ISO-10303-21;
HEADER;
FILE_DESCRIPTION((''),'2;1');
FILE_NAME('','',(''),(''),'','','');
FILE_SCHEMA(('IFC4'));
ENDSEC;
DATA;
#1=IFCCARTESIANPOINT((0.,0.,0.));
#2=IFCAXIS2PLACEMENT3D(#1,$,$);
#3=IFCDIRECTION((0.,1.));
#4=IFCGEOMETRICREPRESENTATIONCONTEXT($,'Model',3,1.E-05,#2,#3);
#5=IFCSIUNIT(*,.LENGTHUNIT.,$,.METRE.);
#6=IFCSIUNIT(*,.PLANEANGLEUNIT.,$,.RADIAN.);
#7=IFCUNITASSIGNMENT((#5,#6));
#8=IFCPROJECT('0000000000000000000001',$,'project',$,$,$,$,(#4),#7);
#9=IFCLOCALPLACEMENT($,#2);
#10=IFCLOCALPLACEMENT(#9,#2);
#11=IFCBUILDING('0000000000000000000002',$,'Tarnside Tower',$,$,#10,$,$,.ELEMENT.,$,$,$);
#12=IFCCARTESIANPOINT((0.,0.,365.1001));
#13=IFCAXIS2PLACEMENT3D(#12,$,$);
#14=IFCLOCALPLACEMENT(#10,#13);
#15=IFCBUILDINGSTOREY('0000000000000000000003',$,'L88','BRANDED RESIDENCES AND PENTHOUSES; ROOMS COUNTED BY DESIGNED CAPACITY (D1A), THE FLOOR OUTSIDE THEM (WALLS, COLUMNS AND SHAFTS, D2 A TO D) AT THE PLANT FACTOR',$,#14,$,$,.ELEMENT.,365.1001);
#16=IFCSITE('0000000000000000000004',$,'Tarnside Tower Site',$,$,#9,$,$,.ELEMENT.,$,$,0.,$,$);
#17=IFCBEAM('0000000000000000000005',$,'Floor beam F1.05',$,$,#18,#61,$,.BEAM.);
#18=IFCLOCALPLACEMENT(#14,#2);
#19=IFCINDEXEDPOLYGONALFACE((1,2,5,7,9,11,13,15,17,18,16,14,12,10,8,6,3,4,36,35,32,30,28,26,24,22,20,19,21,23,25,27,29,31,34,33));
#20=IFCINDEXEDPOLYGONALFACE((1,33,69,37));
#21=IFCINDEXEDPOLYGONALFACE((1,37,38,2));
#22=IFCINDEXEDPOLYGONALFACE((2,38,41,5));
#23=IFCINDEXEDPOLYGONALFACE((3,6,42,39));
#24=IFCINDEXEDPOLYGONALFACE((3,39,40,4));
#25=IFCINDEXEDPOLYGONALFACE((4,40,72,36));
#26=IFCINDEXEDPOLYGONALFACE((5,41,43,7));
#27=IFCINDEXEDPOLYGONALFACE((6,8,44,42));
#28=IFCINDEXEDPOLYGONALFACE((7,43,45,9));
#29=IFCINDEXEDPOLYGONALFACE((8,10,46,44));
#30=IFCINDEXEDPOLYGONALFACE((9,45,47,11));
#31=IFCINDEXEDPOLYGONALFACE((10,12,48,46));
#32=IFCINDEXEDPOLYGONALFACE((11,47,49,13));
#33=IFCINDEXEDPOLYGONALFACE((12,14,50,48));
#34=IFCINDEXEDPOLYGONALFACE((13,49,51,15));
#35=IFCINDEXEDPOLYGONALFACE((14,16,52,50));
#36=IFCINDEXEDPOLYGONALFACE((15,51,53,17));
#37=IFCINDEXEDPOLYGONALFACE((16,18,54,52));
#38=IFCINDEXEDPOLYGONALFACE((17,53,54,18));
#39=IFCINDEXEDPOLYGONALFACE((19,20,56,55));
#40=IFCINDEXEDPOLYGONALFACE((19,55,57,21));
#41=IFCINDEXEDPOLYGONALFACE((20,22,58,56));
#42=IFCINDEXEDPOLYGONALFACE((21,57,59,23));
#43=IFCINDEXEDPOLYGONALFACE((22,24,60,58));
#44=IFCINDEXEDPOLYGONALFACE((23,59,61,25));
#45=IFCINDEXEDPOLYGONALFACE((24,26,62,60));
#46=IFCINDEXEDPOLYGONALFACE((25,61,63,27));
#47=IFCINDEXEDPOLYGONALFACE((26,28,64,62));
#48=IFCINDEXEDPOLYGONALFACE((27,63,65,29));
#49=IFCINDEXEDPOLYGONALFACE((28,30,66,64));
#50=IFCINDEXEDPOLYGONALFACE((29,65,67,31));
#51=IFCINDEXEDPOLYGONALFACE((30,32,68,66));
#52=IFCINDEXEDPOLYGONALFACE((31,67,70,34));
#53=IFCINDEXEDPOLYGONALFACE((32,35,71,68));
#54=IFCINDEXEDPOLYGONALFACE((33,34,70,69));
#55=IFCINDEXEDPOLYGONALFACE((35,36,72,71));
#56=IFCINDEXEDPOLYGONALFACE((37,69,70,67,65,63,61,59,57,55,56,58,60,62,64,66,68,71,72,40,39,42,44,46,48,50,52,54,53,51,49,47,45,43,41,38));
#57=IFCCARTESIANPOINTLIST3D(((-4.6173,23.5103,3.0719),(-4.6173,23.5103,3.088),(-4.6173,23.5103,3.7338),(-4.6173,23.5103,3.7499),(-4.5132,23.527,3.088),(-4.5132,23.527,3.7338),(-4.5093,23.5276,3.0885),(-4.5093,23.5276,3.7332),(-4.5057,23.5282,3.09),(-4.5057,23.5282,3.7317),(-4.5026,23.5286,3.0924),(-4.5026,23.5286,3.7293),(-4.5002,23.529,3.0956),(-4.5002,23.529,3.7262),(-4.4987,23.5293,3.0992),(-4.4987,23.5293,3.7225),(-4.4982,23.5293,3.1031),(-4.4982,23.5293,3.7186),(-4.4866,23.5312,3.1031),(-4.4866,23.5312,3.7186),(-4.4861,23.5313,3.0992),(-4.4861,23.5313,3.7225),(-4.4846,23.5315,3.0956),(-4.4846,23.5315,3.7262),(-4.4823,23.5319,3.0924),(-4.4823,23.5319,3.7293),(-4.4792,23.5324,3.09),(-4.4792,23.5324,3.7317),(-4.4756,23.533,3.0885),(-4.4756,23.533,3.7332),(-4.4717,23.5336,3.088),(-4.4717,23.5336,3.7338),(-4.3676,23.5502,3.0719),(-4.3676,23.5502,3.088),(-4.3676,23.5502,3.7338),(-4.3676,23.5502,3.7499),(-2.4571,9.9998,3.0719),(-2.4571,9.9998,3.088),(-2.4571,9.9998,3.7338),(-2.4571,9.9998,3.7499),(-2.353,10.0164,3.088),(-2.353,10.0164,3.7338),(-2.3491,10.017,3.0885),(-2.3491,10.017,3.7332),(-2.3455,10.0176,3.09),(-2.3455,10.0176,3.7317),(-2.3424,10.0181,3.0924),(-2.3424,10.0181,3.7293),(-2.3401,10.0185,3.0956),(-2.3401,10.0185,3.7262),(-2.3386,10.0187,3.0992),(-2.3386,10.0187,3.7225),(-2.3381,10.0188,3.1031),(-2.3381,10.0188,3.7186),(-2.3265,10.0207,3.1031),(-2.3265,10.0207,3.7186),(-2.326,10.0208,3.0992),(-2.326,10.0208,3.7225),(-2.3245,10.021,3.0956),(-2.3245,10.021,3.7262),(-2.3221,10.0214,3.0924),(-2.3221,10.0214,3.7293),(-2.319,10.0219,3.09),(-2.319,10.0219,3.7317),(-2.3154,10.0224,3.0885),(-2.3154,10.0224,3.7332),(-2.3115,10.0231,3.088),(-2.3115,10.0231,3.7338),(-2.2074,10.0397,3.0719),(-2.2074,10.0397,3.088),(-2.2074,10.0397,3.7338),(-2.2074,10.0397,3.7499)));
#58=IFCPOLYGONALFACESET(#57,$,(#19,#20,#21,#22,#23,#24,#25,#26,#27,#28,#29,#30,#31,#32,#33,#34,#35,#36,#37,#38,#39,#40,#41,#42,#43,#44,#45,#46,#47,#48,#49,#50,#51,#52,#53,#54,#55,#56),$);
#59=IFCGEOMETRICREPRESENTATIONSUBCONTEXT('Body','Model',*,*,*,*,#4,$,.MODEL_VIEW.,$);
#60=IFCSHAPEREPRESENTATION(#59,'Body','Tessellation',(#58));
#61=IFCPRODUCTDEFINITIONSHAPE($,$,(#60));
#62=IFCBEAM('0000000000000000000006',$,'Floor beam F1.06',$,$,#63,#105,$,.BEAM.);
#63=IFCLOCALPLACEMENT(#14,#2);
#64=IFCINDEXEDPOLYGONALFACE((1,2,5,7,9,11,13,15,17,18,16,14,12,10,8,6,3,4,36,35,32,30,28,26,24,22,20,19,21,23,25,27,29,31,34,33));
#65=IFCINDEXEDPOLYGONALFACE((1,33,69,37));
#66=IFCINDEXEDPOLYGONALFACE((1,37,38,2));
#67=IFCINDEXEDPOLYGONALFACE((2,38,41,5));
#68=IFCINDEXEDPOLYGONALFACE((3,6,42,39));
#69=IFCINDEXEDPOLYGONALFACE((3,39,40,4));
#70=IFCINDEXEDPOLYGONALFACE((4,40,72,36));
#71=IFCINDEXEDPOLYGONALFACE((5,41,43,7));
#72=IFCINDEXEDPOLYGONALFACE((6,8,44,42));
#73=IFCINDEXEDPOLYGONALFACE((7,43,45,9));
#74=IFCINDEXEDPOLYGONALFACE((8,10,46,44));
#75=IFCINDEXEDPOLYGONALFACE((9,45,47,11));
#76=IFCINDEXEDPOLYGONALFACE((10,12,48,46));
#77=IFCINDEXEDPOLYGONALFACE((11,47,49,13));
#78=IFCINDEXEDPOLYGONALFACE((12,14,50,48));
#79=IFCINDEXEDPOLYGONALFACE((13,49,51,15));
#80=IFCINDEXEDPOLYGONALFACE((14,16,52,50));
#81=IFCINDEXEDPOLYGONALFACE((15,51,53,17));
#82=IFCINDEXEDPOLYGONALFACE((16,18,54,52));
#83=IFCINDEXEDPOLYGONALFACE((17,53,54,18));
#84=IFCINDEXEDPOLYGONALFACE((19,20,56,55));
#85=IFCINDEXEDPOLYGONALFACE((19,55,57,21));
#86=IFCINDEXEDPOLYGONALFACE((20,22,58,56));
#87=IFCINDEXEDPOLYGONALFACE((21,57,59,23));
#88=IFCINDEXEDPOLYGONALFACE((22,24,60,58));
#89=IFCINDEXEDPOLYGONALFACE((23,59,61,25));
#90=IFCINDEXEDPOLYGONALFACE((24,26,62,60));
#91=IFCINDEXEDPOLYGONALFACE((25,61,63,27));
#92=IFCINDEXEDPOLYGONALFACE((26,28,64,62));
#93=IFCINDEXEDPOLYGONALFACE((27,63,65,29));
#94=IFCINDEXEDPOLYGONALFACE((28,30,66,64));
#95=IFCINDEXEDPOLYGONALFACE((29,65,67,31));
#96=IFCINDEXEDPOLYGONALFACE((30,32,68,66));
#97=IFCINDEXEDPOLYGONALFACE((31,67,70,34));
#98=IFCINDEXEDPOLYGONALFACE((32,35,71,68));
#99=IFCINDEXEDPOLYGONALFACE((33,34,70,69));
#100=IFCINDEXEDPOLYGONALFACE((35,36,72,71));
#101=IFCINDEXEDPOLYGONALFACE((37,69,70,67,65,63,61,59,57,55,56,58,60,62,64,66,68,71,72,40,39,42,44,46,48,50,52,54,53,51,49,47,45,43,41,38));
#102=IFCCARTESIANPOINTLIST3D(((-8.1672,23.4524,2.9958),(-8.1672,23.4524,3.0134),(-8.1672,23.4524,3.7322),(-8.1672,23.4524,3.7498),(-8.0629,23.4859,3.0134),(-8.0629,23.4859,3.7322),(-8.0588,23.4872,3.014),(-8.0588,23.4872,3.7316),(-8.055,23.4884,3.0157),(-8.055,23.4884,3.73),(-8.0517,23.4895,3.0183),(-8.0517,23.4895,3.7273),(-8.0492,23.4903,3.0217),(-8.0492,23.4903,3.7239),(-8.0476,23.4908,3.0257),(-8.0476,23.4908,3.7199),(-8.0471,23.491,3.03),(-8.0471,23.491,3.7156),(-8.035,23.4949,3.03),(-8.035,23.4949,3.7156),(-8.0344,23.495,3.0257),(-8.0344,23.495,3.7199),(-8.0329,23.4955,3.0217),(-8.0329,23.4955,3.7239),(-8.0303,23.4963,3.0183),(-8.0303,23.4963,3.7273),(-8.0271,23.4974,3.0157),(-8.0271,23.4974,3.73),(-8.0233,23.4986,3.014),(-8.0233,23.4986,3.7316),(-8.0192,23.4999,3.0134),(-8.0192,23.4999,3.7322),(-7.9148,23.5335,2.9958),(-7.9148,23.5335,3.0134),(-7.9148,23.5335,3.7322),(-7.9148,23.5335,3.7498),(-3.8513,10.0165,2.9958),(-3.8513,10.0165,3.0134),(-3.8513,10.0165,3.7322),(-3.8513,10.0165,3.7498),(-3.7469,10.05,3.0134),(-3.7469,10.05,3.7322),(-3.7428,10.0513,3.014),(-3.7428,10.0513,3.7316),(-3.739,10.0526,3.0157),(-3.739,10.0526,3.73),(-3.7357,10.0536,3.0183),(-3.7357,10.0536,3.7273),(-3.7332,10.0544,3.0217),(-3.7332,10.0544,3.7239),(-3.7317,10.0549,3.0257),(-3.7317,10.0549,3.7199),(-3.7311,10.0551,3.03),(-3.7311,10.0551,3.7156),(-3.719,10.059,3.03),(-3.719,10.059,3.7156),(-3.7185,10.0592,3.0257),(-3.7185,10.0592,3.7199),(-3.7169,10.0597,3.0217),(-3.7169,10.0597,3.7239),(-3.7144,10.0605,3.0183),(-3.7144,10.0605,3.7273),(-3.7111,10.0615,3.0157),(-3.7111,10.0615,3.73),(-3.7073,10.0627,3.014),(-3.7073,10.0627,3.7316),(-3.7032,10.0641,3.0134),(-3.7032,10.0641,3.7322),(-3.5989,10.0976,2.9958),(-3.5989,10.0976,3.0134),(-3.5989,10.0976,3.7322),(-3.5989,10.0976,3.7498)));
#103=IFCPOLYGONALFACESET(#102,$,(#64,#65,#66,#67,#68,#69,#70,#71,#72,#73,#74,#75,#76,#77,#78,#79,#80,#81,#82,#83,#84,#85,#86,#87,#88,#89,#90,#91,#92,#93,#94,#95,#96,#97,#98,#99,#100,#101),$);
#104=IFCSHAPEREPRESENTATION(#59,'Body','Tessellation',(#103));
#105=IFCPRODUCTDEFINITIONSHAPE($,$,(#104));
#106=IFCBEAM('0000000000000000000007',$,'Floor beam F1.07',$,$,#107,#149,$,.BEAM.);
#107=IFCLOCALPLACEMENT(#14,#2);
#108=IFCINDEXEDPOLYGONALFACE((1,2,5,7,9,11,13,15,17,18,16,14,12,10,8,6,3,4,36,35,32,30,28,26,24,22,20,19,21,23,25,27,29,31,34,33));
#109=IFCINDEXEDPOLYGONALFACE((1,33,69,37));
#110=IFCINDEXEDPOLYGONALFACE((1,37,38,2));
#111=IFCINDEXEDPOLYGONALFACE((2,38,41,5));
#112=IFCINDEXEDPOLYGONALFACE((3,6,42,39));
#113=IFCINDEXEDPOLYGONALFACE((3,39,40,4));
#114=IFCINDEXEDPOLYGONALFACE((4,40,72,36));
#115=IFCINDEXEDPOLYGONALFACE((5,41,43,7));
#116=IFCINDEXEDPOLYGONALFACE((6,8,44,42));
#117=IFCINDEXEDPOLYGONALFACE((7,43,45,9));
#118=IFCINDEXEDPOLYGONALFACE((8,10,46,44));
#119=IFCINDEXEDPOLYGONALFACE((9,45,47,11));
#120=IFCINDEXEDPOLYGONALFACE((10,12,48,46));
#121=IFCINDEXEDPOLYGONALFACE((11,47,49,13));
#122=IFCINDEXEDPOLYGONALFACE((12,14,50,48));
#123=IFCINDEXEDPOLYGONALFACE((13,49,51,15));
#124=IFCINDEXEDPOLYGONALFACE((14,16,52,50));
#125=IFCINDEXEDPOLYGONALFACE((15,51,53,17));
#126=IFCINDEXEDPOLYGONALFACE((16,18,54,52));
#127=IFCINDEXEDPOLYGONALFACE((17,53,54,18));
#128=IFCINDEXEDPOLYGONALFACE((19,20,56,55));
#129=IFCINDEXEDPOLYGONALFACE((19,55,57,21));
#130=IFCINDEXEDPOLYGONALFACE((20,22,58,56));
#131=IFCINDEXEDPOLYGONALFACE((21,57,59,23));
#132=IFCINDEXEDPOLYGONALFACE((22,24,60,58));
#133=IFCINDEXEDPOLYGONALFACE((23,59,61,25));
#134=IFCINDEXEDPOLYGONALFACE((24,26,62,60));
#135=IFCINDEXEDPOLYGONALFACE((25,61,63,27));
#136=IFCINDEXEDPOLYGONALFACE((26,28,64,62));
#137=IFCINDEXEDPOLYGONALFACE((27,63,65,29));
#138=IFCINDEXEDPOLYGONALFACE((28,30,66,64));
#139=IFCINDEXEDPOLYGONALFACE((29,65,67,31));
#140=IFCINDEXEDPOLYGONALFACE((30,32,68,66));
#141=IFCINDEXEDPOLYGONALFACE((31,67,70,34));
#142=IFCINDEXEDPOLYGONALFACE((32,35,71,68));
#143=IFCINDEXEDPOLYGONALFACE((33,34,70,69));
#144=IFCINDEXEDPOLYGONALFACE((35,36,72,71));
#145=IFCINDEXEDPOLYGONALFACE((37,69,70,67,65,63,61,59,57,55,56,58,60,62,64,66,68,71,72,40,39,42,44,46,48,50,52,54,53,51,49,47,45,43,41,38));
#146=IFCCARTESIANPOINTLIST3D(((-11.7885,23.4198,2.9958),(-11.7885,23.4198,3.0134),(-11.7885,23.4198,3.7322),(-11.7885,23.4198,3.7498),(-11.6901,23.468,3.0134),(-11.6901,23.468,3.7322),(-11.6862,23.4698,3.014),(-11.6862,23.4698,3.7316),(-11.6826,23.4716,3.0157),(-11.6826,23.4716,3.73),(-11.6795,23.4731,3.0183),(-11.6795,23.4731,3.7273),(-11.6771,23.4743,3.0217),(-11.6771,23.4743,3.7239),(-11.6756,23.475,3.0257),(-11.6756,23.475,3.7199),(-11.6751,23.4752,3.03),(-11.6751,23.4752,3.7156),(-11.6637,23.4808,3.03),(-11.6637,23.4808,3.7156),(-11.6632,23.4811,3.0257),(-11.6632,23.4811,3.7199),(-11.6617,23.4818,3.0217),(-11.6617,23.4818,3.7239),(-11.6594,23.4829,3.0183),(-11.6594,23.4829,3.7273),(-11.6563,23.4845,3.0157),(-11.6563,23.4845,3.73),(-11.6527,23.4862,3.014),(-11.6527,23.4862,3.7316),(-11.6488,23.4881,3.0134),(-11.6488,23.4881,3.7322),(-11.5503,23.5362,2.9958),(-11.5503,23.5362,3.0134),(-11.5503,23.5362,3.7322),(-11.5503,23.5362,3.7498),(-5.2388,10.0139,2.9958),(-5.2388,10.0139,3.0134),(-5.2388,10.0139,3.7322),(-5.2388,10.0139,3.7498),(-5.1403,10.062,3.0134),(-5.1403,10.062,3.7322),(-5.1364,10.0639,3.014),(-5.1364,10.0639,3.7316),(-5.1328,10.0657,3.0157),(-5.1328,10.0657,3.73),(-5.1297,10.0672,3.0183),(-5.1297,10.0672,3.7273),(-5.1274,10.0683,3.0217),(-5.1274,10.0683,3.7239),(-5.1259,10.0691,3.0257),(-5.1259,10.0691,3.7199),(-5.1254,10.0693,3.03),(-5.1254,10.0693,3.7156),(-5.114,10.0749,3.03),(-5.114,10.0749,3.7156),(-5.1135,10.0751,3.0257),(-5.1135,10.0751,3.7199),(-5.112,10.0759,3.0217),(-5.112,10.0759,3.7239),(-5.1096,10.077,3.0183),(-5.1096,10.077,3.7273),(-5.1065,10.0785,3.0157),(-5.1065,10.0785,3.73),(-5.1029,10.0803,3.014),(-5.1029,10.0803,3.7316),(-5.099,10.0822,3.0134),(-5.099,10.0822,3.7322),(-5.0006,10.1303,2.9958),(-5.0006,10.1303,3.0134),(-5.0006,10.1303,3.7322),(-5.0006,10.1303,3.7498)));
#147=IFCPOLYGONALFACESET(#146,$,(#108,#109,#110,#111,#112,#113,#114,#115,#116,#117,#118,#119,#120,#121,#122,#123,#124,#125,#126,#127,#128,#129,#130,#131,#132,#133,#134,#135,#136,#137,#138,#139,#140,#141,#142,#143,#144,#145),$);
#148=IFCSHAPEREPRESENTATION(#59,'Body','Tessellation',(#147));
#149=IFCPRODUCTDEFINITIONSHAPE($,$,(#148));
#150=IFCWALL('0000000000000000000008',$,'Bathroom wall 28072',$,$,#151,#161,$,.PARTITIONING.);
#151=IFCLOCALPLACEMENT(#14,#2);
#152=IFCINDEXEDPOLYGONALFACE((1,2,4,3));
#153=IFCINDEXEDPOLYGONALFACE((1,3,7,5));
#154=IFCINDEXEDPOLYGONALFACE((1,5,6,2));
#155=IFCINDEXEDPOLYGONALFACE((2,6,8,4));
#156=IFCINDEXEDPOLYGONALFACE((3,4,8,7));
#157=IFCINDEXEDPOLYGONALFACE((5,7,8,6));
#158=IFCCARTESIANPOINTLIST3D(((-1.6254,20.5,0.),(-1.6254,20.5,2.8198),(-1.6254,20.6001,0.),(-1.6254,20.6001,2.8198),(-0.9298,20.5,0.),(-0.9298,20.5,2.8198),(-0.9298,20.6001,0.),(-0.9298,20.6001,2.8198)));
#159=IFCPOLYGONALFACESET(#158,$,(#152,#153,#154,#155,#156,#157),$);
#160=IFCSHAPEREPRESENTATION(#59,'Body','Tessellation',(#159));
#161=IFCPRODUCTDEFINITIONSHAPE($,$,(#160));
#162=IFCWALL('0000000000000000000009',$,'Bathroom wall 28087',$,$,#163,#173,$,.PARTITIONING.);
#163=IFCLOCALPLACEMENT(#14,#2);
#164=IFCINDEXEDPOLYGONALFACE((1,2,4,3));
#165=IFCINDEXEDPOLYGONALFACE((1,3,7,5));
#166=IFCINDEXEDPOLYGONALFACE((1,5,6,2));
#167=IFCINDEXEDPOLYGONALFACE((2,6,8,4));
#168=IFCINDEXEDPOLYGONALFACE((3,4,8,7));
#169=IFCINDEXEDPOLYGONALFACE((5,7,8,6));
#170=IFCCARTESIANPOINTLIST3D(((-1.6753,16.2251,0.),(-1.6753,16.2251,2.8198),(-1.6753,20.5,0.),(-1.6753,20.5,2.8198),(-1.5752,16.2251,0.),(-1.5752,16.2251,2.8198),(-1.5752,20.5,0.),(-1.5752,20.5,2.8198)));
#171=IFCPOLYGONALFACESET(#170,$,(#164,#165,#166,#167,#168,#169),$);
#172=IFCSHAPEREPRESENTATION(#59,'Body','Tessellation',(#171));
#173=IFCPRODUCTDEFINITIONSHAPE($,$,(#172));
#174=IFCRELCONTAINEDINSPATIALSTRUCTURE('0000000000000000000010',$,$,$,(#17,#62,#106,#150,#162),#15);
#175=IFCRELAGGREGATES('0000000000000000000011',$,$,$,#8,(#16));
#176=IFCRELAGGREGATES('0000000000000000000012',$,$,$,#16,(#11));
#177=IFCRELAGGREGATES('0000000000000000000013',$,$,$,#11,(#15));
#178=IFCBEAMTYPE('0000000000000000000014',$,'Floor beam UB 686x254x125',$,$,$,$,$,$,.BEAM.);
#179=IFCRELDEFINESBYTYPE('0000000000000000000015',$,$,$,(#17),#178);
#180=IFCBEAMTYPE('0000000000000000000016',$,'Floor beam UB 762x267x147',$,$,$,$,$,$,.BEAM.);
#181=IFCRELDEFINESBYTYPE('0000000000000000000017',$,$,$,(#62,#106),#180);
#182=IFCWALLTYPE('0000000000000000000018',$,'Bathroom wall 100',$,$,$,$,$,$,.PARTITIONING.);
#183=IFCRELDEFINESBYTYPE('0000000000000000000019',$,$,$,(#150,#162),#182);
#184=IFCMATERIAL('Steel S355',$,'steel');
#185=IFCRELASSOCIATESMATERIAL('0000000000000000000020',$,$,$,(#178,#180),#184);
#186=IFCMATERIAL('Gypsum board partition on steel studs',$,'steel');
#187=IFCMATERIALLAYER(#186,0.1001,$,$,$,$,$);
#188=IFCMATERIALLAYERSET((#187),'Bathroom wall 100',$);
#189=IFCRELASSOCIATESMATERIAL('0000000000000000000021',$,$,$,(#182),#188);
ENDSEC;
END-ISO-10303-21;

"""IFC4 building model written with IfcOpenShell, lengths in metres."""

from ifc_helpers import new_model, si_unit, direction, frame, frame_2d, origin, origin_2d, place, context, subcontext, project, spatial, rectangle, i_section, extrude, material, layer, layer_set, material_profile, profile_set, type_object, element, save


model = new_model("IFC4")

# Units and contexts
model_context = context("Model", 3, precision=1e-05, world=origin(), true_north=direction((0.0, 1.0)))
body_context = subcontext(model_context, "Body", "Model", "MODEL_VIEW")
ifc_project = project(units=[si_unit("LENGTHUNIT", "METRE"), si_unit("PLANEANGLEUNIT", "RADIAN")], contexts=[model_context])

# Site, building, storey
site_placement = place(None, origin())
site = spatial("IfcSite", under=ifc_project, at=site_placement, Name="Tarnside Tower Site", CompositionType="ELEMENT", RefElevation=0.0)
building_placement = place(site_placement, origin())
building = spatial("IfcBuilding", under=site, at=building_placement, Name="Tarnside Tower", CompositionType="ELEMENT")
storey_placement = place(building_placement, frame((0.0, 0.0, 365.1001)))
storey = spatial("IfcBuildingStorey", under=building, at=storey_placement, Name="L88", Description="BRANDED RESIDENCES AND PENTHOUSES; ROOMS COUNTED BY DESIGNED CAPACITY (D1A), THE FLOOR OUTSIDE THEM (WALLS, COLUMNS AND SHAFTS, D2 A TO D) AT THE PLANT FACTOR", CompositionType="ELEMENT", Elevation=365.1001)

# Beams
ifc_material_1 = material(Name="Steel S355", Category="steel")
ifc_material_profile_1 = material_profile(ifc_material_1, i_section(OverallWidth=0.2529, OverallDepth=0.678, WebThickness=0.0117, FlangeThickness=0.0161, FilletRadius=0.0151, at=origin_2d()), Name="UB 686x254x125")
ifc_profile_set_1 = profile_set([ifc_material_profile_1], Name="Steel S355")
beam_type_1 = type_object("IfcBeamType", Name="Floor beam UB 686x254x125", PredefinedType="BEAM", material=ifc_profile_set_1)
beam_1_placement = place(storey_placement, frame((-4.4924, 23.5303, 3.4109), z_axis=(0.157882, -0.987458, 0.0), x_axis=(0.987458, 0.157882, 0.0)))
element("IfcBeam", 1, at=beam_1_placement, inside=storey, type_object=beam_type_1, Name="Floor beam F1.05", PredefinedType="BEAM", context=body_context, shape_type="SweptSolid", body=[
    extrude(i_section(OverallWidth=0.2529, OverallDepth=0.678, WebThickness=0.0117, FlangeThickness=0.0161, FilletRadius=0.0151, at=origin_2d()), origin(), (0.0, 0.0, 1.0), 13.6821),
])
ifc_material_profile_2 = material_profile(ifc_material_1, i_section(OverallWidth=0.2651, OverallDepth=0.7539, WebThickness=0.0127, FlangeThickness=0.0176, FilletRadius=0.0166, at=origin_2d()), Name="UB 762x267x147")
ifc_profile_set_2 = profile_set([ifc_material_profile_2], Name="Steel S355")
beam_type_2 = type_object("IfcBeamType", Name="Floor beam UB 762x267x147", PredefinedType="BEAM", material=ifc_profile_set_2)
beam_2_placement = place(storey_placement, frame((-8.041, 23.4929, 3.3728), z_axis=(0.305834, -0.952085, 0.0), x_axis=(0.952085, 0.305834, 0.0)))
element("IfcBeam", 2, at=beam_2_placement, inside=storey, type_object=beam_type_2, Name="Floor beam F1.06", PredefinedType="BEAM", context=body_context, shape_type="SweptSolid", body=[
    extrude(i_section(OverallWidth=0.2651, OverallDepth=0.7539, WebThickness=0.0127, FlangeThickness=0.0176, FilletRadius=0.0166, at=origin_2d()), origin(), (0.0, 0.0, 1.0), 14.1121),
])
beam_3_placement = place(storey_placement, frame((-11.6694, 23.478, 3.3728), z_axis=(0.438981, -0.898497, 0.0), x_axis=(0.898497, 0.438981, 0.0)))
element("IfcBeam", 3, at=beam_3_placement, inside=storey, type_object=beam_type_2, Name="Floor beam F1.07", PredefinedType="BEAM", context=body_context, shape_type="SweptSolid", body=[
    extrude(i_section(OverallWidth=0.2651, OverallDepth=0.7539, WebThickness=0.0127, FlangeThickness=0.0176, FilletRadius=0.0166, at=origin_2d()), origin(), (0.0, 0.0, 1.0), 14.9204),
])

# Walls
ifc_material_2 = material(Name="Gypsum board partition on steel studs", Category="steel")
ifc_layer_1 = layer(ifc_material_2, 0.1001)
ifc_layer_set_1 = layer_set([ifc_layer_1], Name="Bathroom wall 100")
wall_type_1 = type_object("IfcWallType", Name="Bathroom wall 100", PredefinedType="PARTITIONING", material=ifc_layer_set_1)
wall_1_placement = place(storey_placement, frame((-1.6252, 20.55, 0.0), z_axis=(0.0, 0.0, 1.0), x_axis=(1.0, 0.0, 0.0)))
element("IfcWall", 4, at=wall_1_placement, inside=storey, type_object=wall_type_1, Name="Bathroom wall 28072", PredefinedType="PARTITIONING", context=body_context, shape_type="SweptSolid", body=[
    extrude(rectangle(XDim=0.6956, YDim=0.1001, at=frame_2d((0.3477, 0.0))), origin(), (0.0, 0.0, 1.0), 2.8198),
])
wall_2_placement = place(storey_placement, frame((-1.6252, 20.5, 0.0), z_axis=(0.0, 0.0, 1.0), x_axis=(0.0, -1.0, 0.0)))
element("IfcWall", 5, at=wall_2_placement, inside=storey, type_object=wall_type_1, Name="Bathroom wall 28087", PredefinedType="PARTITIONING", context=body_context, shape_type="SweptSolid", body=[
    extrude(rectangle(XDim=4.2749, YDim=0.1001, at=frame_2d((2.1375, 0.0))), origin(), (0.0, 0.0, 1.0), 2.8198),
])

save(model, "model.ifc")
